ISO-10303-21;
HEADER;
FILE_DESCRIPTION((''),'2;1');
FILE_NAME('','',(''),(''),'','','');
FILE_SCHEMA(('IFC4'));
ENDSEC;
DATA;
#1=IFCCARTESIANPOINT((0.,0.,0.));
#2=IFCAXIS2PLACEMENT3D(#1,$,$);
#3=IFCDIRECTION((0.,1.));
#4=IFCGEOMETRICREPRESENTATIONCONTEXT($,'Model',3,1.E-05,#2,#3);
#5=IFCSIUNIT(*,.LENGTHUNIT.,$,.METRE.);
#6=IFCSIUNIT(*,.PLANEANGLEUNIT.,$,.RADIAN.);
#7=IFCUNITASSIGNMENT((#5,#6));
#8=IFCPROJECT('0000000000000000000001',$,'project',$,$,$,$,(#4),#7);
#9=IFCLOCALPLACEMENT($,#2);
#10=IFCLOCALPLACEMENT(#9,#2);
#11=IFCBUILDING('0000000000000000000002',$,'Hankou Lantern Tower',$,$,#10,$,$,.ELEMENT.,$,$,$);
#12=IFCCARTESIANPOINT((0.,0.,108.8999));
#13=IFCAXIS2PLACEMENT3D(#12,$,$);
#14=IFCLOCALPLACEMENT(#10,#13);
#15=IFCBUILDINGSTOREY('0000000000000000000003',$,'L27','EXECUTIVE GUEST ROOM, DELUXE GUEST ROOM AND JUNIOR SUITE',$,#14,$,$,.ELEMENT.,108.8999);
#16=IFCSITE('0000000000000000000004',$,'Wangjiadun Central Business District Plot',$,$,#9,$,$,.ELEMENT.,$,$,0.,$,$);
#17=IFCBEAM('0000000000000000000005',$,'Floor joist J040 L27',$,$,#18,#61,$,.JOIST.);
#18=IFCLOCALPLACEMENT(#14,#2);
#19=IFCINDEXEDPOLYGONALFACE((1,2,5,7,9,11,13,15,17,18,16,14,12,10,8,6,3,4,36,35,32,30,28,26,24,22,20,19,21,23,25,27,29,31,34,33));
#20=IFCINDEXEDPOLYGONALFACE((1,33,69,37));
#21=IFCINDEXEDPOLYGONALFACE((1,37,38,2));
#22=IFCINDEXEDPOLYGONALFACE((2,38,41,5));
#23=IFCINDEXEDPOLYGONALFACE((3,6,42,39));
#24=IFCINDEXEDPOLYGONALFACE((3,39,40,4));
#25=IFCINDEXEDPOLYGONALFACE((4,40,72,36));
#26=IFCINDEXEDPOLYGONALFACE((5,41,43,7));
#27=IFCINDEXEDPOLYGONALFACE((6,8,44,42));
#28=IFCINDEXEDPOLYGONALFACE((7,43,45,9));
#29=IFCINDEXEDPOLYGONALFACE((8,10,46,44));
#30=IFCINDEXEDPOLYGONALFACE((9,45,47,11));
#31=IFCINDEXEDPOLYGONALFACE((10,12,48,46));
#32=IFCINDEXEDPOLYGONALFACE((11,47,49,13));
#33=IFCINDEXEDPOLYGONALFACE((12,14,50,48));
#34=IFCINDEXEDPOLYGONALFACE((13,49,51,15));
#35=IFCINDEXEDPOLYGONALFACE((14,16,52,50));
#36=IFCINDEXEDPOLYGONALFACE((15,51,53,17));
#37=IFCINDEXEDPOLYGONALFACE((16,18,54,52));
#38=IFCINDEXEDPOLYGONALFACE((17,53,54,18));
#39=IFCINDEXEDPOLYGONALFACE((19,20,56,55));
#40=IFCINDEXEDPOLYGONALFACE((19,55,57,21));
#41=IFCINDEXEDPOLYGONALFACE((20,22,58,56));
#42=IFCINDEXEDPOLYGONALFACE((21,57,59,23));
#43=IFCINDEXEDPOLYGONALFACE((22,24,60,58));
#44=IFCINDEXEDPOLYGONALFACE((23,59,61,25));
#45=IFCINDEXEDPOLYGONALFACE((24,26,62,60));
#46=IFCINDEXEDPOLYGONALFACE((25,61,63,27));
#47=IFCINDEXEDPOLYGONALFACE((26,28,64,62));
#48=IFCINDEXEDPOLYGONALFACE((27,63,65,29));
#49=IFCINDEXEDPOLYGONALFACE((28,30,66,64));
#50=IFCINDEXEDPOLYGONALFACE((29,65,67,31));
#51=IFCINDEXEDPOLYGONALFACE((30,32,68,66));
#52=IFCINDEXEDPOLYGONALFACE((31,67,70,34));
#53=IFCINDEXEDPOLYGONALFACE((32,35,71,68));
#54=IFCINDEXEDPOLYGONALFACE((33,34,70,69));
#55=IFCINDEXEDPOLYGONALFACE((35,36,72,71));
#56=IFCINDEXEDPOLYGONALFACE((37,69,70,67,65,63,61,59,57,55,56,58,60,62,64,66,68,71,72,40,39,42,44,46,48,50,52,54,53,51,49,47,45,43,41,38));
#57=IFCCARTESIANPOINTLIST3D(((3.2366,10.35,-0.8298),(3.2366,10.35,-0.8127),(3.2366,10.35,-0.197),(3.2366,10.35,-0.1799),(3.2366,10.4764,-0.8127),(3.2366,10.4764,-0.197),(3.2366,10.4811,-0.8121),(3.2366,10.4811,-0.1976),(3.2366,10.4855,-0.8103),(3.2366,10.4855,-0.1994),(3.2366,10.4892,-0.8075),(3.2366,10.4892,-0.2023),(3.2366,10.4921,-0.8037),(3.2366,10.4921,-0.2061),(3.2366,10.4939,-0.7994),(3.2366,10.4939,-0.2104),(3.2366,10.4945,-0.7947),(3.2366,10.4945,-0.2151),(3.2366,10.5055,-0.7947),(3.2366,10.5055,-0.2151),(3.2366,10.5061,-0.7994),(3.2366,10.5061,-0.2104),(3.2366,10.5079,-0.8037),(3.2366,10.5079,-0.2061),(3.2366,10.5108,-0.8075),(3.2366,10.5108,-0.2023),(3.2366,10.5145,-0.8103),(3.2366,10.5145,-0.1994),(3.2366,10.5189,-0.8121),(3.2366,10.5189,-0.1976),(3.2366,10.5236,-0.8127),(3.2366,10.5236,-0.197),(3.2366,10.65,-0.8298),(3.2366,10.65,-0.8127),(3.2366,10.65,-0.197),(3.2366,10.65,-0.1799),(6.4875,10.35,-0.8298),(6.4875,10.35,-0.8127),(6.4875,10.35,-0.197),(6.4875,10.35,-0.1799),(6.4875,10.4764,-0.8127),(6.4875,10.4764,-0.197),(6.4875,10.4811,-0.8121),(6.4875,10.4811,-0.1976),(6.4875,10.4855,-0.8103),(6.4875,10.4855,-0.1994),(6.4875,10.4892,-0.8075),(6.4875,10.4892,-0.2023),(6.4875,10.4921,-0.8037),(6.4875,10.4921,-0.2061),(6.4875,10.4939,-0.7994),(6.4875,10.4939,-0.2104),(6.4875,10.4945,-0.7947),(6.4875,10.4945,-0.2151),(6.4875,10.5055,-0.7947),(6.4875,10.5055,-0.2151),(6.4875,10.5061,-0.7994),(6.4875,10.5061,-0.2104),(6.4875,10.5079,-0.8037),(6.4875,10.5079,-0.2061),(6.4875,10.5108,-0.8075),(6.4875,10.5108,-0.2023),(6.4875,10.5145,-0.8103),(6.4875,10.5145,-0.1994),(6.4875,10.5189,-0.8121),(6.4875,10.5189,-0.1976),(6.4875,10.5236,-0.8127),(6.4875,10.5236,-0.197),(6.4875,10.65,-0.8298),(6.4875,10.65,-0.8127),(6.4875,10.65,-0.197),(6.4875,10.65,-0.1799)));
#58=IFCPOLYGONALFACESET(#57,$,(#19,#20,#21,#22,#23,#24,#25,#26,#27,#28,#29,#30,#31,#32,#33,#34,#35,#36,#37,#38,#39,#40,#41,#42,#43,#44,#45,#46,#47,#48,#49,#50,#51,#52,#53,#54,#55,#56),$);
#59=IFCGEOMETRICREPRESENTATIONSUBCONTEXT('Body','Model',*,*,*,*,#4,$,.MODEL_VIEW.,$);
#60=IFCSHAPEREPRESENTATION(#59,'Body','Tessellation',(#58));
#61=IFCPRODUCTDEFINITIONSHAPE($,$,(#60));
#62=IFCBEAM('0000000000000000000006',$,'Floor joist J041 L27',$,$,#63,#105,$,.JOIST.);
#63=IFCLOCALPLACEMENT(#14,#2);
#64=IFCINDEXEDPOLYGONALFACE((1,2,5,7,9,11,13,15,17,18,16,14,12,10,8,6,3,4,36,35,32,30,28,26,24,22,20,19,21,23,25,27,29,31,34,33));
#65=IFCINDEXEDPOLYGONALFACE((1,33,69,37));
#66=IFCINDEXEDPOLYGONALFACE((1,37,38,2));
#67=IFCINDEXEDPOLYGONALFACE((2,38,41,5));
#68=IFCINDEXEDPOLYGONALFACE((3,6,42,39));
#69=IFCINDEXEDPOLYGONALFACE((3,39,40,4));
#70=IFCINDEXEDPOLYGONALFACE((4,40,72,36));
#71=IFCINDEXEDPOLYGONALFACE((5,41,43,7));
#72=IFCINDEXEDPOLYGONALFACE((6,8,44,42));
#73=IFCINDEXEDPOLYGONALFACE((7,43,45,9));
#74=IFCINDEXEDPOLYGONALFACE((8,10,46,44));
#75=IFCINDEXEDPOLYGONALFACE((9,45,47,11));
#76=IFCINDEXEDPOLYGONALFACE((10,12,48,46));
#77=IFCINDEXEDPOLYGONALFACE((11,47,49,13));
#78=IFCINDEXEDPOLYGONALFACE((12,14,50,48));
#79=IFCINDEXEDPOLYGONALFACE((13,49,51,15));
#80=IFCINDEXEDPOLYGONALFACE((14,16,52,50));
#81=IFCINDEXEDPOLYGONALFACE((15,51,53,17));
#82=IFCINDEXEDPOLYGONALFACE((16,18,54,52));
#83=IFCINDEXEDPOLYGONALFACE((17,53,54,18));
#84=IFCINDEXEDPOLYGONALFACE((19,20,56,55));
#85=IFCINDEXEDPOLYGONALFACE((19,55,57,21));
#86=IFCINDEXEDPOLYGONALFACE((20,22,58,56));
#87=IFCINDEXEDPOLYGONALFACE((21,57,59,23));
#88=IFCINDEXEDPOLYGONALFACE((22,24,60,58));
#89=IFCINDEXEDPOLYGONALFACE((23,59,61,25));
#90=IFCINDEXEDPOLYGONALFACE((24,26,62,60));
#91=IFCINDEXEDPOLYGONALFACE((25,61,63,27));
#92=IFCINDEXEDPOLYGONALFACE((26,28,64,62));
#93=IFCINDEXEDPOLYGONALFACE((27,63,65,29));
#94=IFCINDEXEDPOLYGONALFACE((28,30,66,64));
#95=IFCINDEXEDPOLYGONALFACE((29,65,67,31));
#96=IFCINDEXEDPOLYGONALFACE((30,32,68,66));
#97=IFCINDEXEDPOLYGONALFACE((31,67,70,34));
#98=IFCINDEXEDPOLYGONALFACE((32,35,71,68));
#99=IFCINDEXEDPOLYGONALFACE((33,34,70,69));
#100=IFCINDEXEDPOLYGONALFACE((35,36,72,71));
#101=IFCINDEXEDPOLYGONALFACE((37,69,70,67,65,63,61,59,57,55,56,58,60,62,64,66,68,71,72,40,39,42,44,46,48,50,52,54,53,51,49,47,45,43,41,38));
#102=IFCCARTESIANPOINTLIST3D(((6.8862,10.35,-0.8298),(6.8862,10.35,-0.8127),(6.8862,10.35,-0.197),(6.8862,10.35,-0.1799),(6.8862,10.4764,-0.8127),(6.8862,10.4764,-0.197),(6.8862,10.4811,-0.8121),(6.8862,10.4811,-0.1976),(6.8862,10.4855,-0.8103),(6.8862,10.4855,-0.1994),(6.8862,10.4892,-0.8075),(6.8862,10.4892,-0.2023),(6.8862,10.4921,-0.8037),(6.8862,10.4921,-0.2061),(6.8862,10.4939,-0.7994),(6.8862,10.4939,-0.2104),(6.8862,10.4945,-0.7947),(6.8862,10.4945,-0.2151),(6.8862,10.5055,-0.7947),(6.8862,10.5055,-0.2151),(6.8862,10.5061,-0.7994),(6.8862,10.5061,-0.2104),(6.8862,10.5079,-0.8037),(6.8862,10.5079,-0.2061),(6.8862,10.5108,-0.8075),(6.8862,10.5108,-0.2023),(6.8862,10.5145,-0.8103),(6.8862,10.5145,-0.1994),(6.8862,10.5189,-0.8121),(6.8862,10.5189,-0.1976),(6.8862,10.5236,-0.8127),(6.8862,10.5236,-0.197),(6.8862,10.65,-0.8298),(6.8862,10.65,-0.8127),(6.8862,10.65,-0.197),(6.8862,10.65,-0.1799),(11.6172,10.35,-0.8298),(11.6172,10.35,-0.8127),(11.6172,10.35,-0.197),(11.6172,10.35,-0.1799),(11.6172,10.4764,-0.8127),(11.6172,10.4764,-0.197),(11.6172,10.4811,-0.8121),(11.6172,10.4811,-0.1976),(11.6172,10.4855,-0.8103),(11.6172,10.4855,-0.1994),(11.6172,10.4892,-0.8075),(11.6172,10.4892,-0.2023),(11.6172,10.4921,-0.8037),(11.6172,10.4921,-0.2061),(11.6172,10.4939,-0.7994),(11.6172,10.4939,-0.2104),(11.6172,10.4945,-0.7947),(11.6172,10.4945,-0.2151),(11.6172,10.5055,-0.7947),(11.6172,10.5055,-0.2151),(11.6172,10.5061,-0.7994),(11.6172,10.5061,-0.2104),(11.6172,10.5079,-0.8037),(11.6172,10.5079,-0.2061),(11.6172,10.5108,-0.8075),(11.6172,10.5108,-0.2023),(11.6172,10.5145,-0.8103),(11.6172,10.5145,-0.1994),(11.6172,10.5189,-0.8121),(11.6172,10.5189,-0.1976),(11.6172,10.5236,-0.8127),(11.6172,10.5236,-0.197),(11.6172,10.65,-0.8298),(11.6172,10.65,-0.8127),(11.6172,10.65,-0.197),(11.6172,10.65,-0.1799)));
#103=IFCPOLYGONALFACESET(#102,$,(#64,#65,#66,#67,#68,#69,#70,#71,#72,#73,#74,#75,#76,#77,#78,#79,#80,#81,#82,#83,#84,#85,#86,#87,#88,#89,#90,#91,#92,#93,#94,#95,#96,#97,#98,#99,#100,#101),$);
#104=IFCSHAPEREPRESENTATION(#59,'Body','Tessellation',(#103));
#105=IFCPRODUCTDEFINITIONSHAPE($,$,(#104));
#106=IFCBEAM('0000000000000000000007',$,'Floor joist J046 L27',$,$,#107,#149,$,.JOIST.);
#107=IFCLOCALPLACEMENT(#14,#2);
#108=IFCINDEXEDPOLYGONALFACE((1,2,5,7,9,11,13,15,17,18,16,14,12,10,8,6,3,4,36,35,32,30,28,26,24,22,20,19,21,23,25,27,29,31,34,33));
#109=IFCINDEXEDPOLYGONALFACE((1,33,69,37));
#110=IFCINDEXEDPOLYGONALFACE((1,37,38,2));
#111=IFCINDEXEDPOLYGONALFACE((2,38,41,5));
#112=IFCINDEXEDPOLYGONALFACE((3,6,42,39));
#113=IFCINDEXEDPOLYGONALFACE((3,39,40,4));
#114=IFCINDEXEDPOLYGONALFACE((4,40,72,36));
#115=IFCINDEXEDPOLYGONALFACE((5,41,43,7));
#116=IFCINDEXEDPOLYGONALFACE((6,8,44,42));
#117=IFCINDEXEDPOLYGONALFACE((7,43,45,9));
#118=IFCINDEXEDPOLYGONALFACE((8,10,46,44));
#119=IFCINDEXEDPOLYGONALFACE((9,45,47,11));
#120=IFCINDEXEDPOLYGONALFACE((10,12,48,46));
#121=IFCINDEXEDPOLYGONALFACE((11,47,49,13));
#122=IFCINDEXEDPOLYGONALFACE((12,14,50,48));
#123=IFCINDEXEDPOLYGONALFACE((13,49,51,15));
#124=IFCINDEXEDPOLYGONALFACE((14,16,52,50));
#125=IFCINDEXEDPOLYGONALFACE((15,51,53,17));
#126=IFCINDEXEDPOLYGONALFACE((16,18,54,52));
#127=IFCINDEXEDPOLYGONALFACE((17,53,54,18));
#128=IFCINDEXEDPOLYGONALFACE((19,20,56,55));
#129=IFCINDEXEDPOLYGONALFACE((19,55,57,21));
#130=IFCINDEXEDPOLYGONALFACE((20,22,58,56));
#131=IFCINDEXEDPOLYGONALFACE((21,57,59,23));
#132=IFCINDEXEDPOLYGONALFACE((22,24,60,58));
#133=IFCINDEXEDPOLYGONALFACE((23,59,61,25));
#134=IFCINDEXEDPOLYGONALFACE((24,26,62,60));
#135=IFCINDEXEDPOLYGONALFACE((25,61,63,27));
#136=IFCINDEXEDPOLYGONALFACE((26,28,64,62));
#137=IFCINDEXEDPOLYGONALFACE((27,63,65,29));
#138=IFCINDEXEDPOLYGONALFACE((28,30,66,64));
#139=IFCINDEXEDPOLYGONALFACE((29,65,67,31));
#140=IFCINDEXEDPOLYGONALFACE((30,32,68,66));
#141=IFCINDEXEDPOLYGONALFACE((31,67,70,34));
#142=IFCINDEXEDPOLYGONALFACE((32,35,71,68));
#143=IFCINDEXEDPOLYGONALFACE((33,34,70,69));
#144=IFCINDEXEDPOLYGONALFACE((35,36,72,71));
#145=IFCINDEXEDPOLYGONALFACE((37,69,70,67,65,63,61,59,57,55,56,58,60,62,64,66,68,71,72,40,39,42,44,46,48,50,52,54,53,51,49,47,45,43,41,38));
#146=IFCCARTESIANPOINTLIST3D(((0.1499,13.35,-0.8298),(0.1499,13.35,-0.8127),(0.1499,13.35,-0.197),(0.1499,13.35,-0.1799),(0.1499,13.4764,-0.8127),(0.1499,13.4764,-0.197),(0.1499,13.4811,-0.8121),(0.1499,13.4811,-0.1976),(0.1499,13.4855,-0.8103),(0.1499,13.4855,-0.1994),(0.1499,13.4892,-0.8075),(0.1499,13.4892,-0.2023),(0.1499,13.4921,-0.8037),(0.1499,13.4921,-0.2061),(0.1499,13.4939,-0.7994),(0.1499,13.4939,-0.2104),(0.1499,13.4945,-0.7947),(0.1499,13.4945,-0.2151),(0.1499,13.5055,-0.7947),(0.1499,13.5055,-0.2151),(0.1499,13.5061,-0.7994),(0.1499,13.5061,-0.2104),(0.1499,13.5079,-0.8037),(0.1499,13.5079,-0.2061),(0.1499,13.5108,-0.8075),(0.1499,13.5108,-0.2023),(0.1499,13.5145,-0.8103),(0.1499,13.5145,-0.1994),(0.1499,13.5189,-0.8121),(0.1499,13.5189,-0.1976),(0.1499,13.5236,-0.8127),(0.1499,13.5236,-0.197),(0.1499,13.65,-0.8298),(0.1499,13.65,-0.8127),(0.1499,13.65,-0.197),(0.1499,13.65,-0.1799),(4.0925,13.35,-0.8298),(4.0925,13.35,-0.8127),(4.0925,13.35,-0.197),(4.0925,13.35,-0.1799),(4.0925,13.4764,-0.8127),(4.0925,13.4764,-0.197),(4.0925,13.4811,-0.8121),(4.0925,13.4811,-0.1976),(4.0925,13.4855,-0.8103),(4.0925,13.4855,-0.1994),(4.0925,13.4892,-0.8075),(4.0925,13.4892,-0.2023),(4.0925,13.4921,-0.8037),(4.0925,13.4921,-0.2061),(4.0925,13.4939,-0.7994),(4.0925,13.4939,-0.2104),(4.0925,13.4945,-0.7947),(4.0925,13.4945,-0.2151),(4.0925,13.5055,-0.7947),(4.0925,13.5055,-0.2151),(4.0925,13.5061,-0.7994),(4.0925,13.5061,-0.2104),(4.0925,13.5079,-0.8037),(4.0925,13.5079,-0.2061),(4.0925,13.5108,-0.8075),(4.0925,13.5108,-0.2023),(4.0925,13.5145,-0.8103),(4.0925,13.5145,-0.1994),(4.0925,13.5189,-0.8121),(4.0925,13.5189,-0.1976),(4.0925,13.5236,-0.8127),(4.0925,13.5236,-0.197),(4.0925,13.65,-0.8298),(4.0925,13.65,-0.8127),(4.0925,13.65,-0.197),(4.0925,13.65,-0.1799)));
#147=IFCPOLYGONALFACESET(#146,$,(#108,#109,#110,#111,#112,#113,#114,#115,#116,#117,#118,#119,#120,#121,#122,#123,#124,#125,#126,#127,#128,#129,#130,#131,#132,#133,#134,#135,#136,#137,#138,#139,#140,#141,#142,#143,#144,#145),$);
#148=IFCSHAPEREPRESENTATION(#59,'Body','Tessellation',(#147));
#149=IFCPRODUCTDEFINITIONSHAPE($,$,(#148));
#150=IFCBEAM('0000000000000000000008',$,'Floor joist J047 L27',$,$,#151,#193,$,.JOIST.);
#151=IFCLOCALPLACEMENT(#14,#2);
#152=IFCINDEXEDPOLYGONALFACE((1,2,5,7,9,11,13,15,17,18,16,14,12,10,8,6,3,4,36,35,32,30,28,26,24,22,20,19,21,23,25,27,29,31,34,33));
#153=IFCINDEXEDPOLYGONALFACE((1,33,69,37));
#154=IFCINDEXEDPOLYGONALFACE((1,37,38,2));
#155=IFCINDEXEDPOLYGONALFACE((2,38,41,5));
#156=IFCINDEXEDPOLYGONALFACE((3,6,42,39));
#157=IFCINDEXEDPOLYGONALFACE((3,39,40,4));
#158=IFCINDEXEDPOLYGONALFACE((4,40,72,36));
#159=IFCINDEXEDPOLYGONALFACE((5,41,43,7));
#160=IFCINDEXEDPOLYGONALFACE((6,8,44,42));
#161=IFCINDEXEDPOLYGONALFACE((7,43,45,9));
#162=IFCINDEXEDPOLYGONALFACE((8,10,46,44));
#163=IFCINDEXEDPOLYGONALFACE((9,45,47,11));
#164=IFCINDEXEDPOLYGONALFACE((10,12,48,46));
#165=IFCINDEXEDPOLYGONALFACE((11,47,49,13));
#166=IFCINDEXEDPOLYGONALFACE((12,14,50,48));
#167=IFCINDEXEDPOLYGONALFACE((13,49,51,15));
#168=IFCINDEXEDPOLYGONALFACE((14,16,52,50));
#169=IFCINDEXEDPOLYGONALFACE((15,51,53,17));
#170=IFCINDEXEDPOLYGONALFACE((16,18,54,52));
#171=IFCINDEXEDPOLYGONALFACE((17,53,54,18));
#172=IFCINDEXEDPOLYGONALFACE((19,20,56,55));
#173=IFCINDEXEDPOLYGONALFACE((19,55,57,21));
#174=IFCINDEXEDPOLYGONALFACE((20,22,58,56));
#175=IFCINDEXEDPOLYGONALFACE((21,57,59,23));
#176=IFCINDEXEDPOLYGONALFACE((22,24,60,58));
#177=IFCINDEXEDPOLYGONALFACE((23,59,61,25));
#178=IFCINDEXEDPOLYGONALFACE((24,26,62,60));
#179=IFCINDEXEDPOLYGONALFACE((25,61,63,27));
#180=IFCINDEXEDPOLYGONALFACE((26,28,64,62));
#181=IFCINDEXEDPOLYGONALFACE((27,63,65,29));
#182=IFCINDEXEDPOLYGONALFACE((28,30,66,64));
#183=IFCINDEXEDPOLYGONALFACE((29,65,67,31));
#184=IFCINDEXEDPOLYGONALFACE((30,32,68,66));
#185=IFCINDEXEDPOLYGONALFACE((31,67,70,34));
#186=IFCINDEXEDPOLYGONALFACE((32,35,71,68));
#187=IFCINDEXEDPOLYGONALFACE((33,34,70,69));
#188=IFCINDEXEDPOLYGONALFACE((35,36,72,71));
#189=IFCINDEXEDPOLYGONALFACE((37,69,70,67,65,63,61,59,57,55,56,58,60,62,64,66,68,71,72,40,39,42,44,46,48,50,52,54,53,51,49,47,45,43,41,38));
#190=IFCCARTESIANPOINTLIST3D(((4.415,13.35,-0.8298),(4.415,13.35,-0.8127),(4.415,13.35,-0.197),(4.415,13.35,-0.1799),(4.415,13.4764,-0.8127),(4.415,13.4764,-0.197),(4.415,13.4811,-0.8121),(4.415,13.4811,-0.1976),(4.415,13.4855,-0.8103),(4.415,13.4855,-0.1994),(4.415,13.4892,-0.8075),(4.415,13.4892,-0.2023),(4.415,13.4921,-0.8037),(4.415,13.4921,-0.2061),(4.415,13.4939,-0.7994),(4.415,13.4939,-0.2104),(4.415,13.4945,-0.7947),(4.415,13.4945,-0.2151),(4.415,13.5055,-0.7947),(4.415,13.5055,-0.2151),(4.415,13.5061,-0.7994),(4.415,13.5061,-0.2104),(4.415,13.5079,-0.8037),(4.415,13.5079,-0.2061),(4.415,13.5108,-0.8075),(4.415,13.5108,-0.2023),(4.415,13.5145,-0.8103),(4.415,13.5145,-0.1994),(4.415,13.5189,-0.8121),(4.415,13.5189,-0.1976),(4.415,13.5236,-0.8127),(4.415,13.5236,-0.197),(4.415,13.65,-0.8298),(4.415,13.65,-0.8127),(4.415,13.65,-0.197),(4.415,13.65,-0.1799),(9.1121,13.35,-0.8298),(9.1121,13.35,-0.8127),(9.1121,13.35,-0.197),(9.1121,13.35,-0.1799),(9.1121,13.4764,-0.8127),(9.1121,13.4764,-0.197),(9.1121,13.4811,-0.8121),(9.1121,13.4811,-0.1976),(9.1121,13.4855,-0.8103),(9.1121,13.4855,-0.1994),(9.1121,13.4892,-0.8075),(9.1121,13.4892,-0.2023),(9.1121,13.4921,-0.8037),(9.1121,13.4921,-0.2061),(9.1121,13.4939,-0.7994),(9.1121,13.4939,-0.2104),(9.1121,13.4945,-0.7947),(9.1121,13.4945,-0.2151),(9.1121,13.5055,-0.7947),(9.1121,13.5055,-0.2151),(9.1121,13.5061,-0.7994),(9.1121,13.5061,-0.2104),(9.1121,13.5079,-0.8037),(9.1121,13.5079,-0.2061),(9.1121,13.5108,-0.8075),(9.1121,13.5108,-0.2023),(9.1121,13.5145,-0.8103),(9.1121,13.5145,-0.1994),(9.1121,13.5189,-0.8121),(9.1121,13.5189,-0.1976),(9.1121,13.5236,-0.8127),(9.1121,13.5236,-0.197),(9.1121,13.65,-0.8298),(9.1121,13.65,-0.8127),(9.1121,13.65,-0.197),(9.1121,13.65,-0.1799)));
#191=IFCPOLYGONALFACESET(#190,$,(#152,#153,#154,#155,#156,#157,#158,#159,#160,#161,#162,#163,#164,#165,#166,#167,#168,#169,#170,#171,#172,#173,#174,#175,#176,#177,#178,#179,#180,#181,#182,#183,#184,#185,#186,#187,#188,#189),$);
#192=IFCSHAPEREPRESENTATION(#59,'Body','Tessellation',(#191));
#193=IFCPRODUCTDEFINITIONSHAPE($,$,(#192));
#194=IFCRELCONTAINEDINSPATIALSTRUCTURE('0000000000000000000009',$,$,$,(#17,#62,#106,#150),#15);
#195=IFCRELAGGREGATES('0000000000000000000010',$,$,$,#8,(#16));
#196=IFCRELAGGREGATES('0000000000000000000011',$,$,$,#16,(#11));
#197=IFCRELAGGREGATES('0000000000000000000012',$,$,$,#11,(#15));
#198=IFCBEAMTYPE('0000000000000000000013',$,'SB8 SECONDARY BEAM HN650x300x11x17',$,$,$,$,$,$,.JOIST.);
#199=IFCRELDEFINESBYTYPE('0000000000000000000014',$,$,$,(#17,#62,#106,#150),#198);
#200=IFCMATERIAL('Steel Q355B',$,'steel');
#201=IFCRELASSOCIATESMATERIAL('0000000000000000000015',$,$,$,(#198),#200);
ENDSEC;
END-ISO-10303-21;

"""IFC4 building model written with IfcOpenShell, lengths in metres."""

from ifc_helpers import new_model, si_unit, direction, frame, origin, origin_2d, place, context, subcontext, project, spatial, i_section, extrude, material, material_profile, profile_set, type_object, element, save


model = new_model("IFC4")

# Units and contexts
model_context = context("Model", 3, precision=1e-05, world=origin(), true_north=direction((0.0, 1.0)))
body_context = subcontext(model_context, "Body", "Model", "MODEL_VIEW")
ifc_project = project(units=[si_unit("LENGTHUNIT", "METRE"), si_unit("PLANEANGLEUNIT", "RADIAN")], contexts=[model_context])

# Site, building, storey
site_placement = place(None, origin())
site = spatial("IfcSite", under=ifc_project, at=site_placement, Name="Wangjiadun Central Business District Plot", CompositionType="ELEMENT", RefElevation=0.0)
building_placement = place(site_placement, origin())
building = spatial("IfcBuilding", under=site, at=building_placement, Name="Hankou Lantern Tower", CompositionType="ELEMENT")
storey_placement = place(building_placement, frame((0.0, 0.0, 108.8999)))
storey = spatial("IfcBuildingStorey", under=building, at=storey_placement, Name="L27", Description="EXECUTIVE GUEST ROOM, DELUXE GUEST ROOM AND JUNIOR SUITE", CompositionType="ELEMENT", Elevation=108.8999)

# Beams
ifc_material_1 = material(Name="Steel Q355B", Category="steel")
ifc_material_profile_1 = material_profile(ifc_material_1, i_section(OverallWidth=0.3, OverallDepth=0.6499, WebThickness=0.011, FlangeThickness=0.0171, FilletRadius=0.0181, at=origin_2d()), Name="HN650x300x11x17")
ifc_profile_set_1 = profile_set([ifc_material_profile_1], Name="Steel Q355B")
beam_type_1 = type_object("IfcBeamType", Name="SB8 SECONDARY BEAM HN650x300x11x17", PredefinedType="JOIST", material=ifc_profile_set_1)
beam_1_placement = place(storey_placement, frame((3.2366, 10.5, -0.5049), z_axis=(1.0, 0.0, 0.0), x_axis=(0.0, 1.0, 0.0)))
element("IfcBeam", 1, at=beam_1_placement, inside=storey, type_object=beam_type_1, Name="Floor joist J040 L27", PredefinedType="JOIST", context=body_context, shape_type="SweptSolid", body=[
    extrude(i_section(OverallWidth=0.3, OverallDepth=0.6499, WebThickness=0.011, FlangeThickness=0.0171, FilletRadius=0.0181, at=origin_2d()), origin(), (0.0, 0.0, 1.0), 3.251),
])
beam_2_placement = place(storey_placement, frame((6.8862, 10.5, -0.5049), z_axis=(1.0, 0.0, 0.0), x_axis=(0.0, 1.0, 0.0)))
element("IfcBeam", 2, at=beam_2_placement, inside=storey, type_object=beam_type_1, Name="Floor joist J041 L27", PredefinedType="JOIST", context=body_context, shape_type="SweptSolid", body=[
    extrude(i_section(OverallWidth=0.3, OverallDepth=0.6499, WebThickness=0.011, FlangeThickness=0.0171, FilletRadius=0.0181, at=origin_2d()), origin(), (0.0, 0.0, 1.0), 4.731),
])
beam_3_placement = place(storey_placement, frame((0.1499, 13.5, -0.5049), z_axis=(1.0, 0.0, 0.0), x_axis=(0.0, 1.0, 0.0)))
element("IfcBeam", 3, at=beam_3_placement, inside=storey, type_object=beam_type_1, Name="Floor joist J046 L27", PredefinedType="JOIST", context=body_context, shape_type="SweptSolid", body=[
    extrude(i_section(OverallWidth=0.3, OverallDepth=0.6499, WebThickness=0.011, FlangeThickness=0.0171, FilletRadius=0.0181, at=origin_2d()), origin(), (0.0, 0.0, 1.0), 3.9426),
])
beam_4_placement = place(storey_placement, frame((4.415, 13.5, -0.5049), z_axis=(1.0, 0.0, 0.0), x_axis=(0.0, 1.0, 0.0)))
element("IfcBeam", 4, at=beam_4_placement, inside=storey, type_object=beam_type_1, Name="Floor joist J047 L27", PredefinedType="JOIST", context=body_context, shape_type="SweptSolid", body=[
    extrude(i_section(OverallWidth=0.3, OverallDepth=0.6499, WebThickness=0.011, FlangeThickness=0.0171, FilletRadius=0.0181, at=origin_2d()), origin(), (0.0, 0.0, 1.0), 4.697),
])

save(model, "model.ifc")
